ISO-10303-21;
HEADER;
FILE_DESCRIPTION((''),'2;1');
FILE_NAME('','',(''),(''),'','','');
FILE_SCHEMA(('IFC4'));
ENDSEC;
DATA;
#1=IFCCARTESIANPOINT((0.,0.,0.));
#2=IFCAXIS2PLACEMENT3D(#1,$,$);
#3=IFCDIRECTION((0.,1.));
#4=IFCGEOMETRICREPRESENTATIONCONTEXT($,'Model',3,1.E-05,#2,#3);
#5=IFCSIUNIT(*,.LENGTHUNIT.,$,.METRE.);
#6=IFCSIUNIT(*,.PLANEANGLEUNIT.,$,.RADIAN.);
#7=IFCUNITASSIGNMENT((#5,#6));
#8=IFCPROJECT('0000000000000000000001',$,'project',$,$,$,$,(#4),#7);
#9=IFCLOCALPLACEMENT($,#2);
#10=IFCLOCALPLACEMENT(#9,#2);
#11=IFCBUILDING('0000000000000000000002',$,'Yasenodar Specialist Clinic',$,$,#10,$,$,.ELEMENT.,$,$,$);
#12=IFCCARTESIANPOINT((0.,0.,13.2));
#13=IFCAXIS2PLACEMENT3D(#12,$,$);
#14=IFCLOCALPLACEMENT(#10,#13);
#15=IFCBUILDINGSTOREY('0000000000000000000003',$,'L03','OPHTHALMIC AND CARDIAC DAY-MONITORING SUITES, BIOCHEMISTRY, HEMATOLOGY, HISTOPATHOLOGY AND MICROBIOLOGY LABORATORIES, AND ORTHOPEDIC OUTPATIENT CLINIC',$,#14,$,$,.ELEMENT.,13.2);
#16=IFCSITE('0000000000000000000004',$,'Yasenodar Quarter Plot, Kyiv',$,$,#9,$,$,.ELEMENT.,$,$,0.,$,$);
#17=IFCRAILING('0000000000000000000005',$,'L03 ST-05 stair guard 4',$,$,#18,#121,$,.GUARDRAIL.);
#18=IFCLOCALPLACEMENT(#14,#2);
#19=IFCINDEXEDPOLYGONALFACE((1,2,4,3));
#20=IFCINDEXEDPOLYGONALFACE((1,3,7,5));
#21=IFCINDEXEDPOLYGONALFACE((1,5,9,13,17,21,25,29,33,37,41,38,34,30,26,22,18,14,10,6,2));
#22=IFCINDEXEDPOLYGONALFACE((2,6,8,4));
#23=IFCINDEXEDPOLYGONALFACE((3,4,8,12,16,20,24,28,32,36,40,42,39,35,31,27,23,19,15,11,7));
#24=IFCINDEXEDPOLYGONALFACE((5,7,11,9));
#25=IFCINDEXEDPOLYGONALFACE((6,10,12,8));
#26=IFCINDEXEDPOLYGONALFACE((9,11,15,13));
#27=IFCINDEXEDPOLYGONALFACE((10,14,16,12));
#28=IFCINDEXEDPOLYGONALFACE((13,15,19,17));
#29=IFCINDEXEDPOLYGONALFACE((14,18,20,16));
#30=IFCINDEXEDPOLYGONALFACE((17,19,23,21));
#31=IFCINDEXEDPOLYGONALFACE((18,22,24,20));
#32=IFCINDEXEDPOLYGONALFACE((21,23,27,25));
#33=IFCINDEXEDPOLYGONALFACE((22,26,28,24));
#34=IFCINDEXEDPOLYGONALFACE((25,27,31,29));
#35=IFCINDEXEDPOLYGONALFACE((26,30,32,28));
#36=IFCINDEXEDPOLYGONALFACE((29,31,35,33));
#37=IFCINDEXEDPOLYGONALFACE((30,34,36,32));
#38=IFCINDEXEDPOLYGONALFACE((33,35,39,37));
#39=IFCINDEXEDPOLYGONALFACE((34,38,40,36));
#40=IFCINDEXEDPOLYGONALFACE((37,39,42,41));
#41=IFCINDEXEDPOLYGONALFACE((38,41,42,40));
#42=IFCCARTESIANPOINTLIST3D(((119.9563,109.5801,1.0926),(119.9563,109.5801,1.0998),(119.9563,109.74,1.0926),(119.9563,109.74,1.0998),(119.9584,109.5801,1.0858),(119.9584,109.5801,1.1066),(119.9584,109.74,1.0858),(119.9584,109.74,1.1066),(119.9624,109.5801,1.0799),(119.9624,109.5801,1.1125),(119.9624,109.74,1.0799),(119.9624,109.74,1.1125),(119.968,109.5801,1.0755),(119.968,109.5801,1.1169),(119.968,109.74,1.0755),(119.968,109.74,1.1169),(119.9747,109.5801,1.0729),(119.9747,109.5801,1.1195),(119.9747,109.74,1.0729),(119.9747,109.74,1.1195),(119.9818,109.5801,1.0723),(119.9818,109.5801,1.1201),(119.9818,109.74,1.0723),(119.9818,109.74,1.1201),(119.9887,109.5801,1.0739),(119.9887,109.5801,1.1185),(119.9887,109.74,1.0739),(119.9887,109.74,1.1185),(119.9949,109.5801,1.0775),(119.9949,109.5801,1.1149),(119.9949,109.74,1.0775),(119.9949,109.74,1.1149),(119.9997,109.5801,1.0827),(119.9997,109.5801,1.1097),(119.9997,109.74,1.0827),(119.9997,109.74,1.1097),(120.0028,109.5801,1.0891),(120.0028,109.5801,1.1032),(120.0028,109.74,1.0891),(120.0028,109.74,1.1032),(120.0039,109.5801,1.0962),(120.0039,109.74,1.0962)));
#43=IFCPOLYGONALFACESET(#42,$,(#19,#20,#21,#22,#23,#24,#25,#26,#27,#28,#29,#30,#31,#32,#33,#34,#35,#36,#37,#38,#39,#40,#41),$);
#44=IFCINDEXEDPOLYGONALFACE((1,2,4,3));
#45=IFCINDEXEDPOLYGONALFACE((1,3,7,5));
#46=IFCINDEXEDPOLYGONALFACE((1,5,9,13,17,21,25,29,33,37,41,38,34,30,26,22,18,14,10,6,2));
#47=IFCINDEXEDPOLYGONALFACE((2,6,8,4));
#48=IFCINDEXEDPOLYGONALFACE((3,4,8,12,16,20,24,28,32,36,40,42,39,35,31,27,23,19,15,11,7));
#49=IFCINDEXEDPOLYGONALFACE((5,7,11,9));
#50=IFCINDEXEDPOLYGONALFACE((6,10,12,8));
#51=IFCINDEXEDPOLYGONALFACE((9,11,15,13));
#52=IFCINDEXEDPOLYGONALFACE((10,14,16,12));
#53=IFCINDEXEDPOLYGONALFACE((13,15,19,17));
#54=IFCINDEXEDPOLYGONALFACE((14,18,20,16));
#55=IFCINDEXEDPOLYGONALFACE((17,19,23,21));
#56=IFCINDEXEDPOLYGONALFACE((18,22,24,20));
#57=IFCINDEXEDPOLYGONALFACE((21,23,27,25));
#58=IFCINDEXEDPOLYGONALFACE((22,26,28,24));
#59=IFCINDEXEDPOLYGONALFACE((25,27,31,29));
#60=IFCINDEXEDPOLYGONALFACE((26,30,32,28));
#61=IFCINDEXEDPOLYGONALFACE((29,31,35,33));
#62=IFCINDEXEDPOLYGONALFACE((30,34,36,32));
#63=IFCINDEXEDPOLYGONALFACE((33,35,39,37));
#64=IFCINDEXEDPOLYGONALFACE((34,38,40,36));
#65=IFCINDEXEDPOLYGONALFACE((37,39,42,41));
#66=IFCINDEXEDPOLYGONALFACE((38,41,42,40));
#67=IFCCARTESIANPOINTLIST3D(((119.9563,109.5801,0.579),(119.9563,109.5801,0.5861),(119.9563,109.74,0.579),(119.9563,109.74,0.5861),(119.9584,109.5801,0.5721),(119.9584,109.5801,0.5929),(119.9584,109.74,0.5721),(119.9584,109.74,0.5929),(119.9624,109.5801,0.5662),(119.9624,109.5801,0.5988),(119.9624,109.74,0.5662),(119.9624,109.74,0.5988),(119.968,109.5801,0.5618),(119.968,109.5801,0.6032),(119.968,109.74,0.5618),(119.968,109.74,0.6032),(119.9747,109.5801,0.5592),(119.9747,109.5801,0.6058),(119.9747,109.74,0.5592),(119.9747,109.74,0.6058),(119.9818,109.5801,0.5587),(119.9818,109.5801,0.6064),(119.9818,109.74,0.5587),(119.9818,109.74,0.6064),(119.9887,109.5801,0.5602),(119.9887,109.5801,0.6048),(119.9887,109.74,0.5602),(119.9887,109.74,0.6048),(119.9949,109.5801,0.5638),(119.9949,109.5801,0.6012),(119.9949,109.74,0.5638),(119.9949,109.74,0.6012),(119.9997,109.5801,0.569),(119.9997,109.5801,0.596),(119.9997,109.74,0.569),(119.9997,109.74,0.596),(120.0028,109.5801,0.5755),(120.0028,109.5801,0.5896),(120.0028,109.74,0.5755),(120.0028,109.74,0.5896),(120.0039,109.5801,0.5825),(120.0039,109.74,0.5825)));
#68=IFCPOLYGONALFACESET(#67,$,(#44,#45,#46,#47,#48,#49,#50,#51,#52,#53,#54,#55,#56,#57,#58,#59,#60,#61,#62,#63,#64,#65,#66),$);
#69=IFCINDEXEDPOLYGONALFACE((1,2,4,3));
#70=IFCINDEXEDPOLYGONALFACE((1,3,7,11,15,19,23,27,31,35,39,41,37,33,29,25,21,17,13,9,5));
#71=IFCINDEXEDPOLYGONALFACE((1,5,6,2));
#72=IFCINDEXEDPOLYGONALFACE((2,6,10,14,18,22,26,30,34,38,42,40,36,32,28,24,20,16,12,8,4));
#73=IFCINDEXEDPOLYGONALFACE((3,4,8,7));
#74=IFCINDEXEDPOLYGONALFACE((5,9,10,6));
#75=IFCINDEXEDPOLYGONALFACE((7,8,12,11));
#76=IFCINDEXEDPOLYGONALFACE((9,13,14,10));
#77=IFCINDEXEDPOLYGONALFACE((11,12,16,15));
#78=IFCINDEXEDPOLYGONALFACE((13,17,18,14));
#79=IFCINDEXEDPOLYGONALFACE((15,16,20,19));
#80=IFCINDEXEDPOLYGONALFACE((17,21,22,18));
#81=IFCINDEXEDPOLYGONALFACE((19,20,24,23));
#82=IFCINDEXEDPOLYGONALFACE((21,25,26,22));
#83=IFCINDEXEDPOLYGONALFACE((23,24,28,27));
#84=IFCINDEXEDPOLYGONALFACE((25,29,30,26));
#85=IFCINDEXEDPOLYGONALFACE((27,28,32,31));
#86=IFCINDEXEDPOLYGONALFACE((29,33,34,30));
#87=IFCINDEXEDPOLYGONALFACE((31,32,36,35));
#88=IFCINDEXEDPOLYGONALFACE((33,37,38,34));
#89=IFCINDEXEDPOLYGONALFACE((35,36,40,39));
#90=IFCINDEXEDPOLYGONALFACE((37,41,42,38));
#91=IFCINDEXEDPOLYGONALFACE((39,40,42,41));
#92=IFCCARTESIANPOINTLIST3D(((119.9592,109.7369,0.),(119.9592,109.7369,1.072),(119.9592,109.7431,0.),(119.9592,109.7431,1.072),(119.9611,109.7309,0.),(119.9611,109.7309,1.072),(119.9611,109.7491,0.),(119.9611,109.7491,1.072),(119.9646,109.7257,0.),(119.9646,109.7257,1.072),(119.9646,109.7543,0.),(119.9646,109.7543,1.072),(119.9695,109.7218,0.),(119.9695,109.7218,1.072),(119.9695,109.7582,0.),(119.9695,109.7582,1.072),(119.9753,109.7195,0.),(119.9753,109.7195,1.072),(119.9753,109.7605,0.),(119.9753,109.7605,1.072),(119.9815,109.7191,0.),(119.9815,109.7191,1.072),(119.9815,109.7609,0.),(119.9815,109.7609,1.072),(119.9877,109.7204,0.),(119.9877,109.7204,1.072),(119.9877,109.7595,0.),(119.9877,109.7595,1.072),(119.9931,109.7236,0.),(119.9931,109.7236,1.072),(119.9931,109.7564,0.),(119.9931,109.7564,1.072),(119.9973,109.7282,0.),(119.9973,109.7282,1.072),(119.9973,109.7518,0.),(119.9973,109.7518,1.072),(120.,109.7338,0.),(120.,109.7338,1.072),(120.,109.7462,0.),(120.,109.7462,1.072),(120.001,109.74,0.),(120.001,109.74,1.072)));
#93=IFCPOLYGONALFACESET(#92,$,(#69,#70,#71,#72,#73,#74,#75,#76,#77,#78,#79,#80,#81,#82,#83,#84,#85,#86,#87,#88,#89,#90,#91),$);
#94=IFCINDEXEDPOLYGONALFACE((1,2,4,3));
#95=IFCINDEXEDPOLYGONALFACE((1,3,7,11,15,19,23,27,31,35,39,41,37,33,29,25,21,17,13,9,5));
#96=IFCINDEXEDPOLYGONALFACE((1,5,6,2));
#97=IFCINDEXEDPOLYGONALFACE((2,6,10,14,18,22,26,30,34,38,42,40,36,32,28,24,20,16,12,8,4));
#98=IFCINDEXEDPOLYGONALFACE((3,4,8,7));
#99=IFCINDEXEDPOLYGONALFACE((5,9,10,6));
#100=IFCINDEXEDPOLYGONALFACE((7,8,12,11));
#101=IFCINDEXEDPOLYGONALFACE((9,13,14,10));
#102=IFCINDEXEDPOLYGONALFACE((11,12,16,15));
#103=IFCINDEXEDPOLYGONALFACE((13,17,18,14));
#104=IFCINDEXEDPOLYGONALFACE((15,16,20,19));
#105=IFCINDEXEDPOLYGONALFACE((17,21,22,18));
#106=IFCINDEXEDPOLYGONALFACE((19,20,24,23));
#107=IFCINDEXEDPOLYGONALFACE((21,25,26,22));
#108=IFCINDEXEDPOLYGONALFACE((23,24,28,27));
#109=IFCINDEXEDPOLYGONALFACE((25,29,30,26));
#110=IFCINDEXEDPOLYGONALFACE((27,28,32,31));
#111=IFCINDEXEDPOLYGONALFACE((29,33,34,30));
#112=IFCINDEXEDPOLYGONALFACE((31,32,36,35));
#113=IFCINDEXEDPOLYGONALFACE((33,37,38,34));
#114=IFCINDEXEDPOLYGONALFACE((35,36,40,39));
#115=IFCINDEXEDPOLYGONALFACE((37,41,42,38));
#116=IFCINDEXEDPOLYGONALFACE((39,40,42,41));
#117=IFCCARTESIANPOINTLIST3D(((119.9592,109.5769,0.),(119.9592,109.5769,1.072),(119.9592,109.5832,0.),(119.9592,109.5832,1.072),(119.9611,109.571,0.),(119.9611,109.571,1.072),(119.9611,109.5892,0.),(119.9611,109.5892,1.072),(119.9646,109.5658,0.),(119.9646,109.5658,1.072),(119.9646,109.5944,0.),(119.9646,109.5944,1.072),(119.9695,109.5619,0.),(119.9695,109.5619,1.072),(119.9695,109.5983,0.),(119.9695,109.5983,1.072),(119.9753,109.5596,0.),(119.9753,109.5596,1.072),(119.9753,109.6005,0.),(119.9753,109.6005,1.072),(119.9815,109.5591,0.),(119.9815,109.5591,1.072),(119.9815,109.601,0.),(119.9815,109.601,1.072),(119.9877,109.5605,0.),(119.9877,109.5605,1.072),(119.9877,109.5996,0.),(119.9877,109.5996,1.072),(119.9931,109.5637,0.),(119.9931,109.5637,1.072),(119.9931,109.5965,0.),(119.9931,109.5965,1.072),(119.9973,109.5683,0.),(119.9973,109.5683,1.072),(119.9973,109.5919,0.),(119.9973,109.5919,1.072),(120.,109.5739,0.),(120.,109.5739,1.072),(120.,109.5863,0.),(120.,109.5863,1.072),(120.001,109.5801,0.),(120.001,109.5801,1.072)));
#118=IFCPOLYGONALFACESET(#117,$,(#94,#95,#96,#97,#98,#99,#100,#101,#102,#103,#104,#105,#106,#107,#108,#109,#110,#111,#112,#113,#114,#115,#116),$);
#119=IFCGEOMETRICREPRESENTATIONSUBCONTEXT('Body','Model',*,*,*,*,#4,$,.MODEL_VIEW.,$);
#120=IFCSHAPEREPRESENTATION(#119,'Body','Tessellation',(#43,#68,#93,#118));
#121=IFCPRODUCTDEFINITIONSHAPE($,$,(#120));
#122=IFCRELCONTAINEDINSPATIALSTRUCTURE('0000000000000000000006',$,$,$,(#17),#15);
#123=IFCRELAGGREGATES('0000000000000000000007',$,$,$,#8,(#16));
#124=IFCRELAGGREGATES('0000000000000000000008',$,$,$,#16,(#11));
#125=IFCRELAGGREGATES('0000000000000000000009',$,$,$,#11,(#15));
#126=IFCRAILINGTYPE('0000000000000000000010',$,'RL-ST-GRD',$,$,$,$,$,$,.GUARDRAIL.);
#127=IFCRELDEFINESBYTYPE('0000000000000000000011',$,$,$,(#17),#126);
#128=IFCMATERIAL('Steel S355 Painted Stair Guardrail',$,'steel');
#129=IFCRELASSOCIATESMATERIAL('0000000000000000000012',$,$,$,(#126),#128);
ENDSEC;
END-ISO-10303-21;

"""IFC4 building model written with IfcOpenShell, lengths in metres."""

from ifc_helpers import new_model, si_unit, direction, frame, origin, origin_2d, place, context, subcontext, project, spatial, circle, extrude, material, type_object, element, save


model = new_model("IFC4")

# Units and contexts
model_context = context("Model", 3, precision=1e-05, world=origin(), true_north=direction((0.0, 1.0)))
body_context = subcontext(model_context, "Body", "Model", "MODEL_VIEW")
ifc_project = project(units=[si_unit("LENGTHUNIT", "METRE"), si_unit("PLANEANGLEUNIT", "RADIAN")], contexts=[model_context])

# Site, building, storey
site_placement = place(None, origin())
site = spatial("IfcSite", under=ifc_project, at=site_placement, Name="Yasenodar Quarter Plot, Kyiv", CompositionType="ELEMENT", RefElevation=0.0)
building_placement = place(site_placement, origin())
building = spatial("IfcBuilding", under=site, at=building_placement, Name="Yasenodar Specialist Clinic", CompositionType="ELEMENT")
storey_placement = place(building_placement, frame((0.0, 0.0, 13.2)))
storey = spatial("IfcBuildingStorey", under=building, at=storey_placement, Name="L03", Description="OPHTHALMIC AND CARDIAC DAY-MONITORING SUITES, BIOCHEMISTRY, HEMATOLOGY, HISTOPATHOLOGY AND MICROBIOLOGY LABORATORIES, AND ORTHOPEDIC OUTPATIENT CLINIC", CompositionType="ELEMENT", Elevation=13.2)

# Railing
ifc_material_1 = material(Name="Steel S355 Painted Stair Guardrail", Category="steel")
railing_type_1 = type_object("IfcRailingType", Name="RL-ST-GRD", PredefinedType="GUARDRAIL", material=ifc_material_1)
railing_1_placement = place(storey_placement, frame((119.98, 109.74, 0.0)))
element("IfcRailing", 1, at=railing_1_placement, inside=storey, type_object=railing_type_1, Name="L03 ST-05 stair guard 4", PredefinedType="GUARDRAIL", context=body_context, shape_type="SweptSolid", body=[
    extrude(circle(Radius=0.0239, at=origin_2d()), frame((0.0, 0.0, 1.0962), z_axis=(0.0, -1.0, 0.0), x_axis=(1.0, 0.0, 0.0)), (0.0, 0.0, 1.0), 0.1599),
    extrude(circle(Radius=0.0239, at=origin_2d()), frame((0.0, 0.0, 0.5825), z_axis=(0.0, -1.0, 0.0), x_axis=(1.0, 0.0, 0.0)), (0.0, 0.0, 1.0), 0.1599),
    extrude(circle(Radius=0.021, at=origin_2d()), origin(), (0.0, 0.0, 1.0), 1.072),
    extrude(circle(Radius=0.021, at=origin_2d()), frame((0.0, -0.1599, 0.0)), (0.0, 0.0, 1.0), 1.072),
])

save(model, "model.ifc")
